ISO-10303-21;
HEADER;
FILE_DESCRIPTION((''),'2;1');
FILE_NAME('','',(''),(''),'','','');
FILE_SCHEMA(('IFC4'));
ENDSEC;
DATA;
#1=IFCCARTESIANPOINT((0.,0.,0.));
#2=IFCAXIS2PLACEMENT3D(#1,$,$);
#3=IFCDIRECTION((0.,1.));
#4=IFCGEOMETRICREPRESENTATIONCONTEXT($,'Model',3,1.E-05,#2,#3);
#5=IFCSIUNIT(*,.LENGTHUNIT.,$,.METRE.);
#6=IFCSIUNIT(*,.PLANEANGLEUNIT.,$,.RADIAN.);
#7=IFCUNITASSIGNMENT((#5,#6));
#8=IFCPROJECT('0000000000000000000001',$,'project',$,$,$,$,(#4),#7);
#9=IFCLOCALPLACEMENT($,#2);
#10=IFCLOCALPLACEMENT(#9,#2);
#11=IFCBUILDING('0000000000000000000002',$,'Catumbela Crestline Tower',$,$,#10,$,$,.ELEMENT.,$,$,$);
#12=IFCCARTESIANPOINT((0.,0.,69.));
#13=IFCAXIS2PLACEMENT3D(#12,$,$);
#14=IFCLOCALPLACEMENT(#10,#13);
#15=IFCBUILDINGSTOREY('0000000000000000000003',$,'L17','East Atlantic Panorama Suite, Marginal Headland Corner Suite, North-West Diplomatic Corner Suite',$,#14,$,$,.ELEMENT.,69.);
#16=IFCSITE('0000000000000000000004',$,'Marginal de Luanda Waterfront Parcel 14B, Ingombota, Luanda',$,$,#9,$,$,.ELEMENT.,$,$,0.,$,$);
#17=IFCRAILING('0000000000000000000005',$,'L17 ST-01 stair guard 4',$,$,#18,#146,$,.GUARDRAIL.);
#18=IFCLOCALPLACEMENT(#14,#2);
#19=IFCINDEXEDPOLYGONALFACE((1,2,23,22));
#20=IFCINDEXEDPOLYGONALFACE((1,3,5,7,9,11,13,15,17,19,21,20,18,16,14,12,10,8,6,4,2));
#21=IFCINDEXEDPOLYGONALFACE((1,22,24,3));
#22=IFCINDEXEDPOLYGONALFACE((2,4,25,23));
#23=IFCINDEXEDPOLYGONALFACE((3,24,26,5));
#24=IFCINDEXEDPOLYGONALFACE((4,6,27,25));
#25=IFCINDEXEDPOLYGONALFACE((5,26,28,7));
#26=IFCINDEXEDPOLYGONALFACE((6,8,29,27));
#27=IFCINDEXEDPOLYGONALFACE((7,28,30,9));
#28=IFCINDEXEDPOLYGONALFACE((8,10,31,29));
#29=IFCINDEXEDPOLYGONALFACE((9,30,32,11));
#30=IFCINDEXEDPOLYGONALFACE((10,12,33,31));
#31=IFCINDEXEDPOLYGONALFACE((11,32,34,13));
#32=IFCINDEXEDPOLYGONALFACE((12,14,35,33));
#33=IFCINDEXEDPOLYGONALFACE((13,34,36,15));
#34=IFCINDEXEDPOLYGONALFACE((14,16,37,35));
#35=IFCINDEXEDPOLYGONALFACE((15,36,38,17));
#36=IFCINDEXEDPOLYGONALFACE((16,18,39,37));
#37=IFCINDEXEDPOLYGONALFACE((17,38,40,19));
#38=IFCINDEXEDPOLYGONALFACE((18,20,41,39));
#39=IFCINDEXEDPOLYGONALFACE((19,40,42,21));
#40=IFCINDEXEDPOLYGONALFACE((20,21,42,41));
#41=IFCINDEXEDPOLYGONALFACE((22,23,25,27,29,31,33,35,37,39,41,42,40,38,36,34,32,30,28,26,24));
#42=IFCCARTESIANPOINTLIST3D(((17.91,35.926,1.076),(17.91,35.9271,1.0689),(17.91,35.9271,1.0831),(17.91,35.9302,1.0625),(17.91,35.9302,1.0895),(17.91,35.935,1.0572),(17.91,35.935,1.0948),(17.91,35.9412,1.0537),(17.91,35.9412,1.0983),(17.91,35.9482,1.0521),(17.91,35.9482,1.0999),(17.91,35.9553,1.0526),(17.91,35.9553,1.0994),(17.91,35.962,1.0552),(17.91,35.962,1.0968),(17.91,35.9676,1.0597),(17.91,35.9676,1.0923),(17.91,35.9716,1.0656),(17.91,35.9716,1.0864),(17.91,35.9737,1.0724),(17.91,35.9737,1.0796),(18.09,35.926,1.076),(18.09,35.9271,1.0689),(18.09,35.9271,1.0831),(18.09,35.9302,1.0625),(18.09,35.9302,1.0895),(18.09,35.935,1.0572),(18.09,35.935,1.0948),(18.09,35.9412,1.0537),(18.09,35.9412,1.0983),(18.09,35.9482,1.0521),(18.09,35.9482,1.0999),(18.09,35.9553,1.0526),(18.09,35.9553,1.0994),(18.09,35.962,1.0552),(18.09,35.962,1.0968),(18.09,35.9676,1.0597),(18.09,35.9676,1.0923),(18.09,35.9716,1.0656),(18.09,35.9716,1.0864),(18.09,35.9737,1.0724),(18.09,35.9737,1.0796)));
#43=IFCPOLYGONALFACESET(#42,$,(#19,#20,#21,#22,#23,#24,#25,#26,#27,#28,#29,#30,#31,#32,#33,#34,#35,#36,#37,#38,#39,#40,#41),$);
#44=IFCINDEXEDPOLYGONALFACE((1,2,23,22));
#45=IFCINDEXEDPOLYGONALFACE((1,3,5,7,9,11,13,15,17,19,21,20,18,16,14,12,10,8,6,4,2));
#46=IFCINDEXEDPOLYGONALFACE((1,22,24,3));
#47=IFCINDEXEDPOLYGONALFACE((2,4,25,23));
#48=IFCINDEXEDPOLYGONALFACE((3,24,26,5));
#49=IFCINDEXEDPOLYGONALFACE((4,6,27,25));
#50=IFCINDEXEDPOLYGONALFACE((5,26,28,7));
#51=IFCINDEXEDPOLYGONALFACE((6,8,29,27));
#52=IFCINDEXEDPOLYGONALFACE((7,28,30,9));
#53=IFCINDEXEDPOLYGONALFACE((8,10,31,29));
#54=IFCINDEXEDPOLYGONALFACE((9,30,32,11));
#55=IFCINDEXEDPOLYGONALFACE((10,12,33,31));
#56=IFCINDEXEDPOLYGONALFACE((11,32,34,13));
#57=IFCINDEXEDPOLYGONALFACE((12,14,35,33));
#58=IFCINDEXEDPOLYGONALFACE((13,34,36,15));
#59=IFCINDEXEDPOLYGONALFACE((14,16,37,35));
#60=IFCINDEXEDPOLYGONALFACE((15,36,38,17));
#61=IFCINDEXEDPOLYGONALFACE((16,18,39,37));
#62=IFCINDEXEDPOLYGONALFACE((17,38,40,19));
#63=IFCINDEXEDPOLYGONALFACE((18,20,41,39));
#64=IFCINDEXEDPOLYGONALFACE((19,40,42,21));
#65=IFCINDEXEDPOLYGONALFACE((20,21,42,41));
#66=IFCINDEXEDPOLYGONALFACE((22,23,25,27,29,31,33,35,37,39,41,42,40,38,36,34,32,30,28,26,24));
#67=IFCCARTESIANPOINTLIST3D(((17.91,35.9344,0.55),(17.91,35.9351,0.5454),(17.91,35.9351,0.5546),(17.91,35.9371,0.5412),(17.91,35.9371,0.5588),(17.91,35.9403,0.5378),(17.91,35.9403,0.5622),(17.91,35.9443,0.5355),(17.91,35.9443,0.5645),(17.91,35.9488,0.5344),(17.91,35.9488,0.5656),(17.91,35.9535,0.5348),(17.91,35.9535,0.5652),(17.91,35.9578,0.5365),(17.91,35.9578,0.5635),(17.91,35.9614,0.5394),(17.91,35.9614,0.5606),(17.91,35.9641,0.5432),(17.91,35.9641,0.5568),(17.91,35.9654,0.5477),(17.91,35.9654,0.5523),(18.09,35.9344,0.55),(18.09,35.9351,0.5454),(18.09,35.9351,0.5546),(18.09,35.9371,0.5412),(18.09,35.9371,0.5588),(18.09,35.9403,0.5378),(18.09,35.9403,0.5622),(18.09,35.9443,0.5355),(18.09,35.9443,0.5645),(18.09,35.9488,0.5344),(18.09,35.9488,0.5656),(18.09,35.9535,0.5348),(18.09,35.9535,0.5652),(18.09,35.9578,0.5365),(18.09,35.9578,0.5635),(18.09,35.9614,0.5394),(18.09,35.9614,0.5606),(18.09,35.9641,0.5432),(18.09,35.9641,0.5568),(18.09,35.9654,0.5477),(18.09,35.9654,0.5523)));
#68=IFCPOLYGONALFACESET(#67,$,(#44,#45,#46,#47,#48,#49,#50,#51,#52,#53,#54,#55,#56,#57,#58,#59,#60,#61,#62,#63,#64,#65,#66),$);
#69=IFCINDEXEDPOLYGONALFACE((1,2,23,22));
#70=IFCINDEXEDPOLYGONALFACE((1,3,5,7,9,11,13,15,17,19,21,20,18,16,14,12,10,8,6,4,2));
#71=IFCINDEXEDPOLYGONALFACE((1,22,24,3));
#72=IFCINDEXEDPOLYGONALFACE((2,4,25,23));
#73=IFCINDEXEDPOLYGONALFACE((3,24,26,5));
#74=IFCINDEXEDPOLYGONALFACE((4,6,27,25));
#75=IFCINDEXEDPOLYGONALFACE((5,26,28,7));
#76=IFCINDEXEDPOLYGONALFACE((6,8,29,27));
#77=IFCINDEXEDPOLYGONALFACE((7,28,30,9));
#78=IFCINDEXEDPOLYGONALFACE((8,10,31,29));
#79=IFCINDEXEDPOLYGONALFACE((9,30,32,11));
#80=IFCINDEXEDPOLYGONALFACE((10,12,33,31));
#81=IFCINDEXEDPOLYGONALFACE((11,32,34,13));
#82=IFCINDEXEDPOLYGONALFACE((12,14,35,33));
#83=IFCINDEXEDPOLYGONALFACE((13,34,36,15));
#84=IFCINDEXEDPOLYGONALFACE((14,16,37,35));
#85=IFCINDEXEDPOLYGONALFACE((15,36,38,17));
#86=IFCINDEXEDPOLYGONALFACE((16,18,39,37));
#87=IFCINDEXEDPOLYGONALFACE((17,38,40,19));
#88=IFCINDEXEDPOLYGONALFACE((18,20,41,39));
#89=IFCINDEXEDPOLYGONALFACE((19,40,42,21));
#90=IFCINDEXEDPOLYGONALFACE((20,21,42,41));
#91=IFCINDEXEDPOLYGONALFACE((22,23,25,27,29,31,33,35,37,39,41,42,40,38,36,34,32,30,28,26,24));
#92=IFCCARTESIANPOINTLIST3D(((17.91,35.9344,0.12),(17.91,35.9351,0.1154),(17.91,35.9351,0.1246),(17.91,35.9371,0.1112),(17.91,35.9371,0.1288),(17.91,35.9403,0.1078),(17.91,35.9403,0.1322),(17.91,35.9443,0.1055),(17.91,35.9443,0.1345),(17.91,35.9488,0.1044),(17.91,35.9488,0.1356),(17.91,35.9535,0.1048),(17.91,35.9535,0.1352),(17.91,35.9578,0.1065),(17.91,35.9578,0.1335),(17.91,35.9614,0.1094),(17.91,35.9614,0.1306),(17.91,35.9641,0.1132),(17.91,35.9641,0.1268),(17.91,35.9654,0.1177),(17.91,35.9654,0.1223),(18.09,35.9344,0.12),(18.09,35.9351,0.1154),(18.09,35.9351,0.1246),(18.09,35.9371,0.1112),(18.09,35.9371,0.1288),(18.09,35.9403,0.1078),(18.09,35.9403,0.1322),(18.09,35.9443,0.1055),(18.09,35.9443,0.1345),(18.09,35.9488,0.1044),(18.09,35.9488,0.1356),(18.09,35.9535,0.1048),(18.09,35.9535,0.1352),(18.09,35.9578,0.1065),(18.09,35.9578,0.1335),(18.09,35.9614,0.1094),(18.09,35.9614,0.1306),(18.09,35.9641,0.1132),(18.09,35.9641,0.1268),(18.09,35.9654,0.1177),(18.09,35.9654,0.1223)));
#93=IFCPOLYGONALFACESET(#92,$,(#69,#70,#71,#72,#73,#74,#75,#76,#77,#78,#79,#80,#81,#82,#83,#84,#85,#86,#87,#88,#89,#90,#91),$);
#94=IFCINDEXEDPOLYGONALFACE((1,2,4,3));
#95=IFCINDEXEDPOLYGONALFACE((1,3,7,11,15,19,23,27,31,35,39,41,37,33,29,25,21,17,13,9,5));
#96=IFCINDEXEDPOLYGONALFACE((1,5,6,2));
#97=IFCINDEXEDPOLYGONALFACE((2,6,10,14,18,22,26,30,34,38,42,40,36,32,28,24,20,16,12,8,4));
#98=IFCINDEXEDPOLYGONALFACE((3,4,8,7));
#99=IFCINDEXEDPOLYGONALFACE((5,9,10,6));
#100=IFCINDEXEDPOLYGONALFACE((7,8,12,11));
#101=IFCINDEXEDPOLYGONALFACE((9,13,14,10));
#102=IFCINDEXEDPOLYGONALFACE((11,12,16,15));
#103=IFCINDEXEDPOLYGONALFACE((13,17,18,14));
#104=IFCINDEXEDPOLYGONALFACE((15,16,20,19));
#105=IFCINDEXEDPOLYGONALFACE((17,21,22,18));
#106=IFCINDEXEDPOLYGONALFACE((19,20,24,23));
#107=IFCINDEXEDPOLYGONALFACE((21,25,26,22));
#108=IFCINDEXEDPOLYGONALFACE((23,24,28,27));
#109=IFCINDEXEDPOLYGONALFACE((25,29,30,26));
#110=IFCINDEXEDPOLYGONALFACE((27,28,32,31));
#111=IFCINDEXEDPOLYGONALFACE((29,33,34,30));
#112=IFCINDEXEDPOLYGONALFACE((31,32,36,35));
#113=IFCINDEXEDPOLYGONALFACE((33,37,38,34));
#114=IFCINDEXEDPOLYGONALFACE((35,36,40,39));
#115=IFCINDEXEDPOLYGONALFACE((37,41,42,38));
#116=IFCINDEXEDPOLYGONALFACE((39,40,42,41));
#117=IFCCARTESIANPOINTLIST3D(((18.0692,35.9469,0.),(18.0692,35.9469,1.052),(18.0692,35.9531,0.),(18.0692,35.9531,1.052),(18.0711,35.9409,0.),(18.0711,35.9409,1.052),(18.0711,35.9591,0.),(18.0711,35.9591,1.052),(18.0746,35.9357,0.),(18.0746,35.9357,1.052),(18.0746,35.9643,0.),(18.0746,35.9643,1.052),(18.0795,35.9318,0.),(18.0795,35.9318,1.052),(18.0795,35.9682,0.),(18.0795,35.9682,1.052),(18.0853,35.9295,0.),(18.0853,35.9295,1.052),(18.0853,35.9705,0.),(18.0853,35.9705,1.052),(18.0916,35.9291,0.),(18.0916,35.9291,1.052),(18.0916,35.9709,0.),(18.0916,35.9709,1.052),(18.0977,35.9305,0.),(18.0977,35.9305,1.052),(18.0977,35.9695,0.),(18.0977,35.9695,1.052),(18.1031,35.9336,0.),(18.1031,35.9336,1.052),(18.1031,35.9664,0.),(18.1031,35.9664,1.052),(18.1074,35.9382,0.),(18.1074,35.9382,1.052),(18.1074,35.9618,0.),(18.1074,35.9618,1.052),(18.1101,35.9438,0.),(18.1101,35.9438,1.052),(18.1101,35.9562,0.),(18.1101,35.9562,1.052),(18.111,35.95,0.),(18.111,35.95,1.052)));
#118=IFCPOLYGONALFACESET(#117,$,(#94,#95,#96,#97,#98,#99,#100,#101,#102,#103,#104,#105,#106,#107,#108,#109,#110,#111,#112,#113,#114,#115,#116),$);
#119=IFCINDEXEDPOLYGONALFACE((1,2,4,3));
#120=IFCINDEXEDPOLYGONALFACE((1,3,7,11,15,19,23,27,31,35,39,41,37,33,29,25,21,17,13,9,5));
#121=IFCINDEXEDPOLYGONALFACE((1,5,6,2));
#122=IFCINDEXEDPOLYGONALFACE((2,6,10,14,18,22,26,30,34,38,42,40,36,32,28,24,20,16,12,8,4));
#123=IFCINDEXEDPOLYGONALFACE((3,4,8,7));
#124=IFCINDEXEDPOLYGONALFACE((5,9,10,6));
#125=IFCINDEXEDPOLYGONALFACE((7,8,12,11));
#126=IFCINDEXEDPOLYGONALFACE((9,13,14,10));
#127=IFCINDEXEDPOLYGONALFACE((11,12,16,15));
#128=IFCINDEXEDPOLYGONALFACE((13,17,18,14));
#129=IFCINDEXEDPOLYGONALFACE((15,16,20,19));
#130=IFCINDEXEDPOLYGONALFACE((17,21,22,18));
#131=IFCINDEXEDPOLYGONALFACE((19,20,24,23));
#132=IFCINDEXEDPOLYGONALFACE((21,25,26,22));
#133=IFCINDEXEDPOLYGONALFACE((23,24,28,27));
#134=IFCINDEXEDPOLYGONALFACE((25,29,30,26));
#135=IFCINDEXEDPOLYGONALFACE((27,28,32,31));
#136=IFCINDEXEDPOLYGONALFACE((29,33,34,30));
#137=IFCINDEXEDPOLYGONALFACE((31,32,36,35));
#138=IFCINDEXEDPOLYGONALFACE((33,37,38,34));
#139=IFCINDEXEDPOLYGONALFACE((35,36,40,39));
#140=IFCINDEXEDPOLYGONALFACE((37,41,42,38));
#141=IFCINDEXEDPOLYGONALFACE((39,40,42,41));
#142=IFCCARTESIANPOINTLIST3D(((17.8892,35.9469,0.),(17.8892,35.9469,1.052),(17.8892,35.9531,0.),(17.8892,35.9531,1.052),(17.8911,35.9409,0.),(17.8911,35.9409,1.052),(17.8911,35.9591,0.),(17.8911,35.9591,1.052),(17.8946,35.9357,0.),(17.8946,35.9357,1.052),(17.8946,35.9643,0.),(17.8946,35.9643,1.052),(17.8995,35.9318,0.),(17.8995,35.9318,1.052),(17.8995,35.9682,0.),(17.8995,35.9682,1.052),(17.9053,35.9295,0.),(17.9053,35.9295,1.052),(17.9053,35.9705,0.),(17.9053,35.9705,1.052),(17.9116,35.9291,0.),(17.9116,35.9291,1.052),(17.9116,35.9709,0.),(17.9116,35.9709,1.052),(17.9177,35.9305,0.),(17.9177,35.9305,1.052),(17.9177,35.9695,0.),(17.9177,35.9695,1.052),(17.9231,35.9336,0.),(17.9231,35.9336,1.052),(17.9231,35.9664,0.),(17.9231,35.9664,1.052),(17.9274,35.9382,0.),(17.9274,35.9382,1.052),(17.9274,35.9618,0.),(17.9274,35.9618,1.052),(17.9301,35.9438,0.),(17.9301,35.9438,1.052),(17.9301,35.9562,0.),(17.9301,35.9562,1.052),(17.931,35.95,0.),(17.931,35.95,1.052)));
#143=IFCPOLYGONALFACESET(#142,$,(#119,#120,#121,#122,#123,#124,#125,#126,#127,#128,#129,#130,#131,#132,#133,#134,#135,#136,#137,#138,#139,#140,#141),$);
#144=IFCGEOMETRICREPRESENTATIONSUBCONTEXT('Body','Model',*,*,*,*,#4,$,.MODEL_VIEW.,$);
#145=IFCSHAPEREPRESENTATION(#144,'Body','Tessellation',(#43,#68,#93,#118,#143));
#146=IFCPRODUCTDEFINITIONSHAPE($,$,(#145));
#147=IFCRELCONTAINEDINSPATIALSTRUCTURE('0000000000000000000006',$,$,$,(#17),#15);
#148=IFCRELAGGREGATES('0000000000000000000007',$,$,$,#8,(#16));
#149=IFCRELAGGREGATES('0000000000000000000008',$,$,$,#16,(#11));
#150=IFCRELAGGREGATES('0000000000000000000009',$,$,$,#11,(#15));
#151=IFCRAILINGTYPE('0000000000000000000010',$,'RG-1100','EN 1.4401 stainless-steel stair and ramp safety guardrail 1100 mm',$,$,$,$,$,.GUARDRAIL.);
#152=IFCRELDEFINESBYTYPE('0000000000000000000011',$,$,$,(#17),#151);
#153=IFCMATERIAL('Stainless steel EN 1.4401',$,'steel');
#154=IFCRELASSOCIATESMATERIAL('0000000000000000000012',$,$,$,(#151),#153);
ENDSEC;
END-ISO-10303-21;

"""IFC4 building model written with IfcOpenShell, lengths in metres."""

from ifc_helpers import new_model, si_unit, direction, frame, origin, origin_2d, place, context, subcontext, project, spatial, circle, extrude, material, type_object, element, save


model = new_model("IFC4")

# Units and contexts
model_context = context("Model", 3, precision=1e-05, world=origin(), true_north=direction((0.0, 1.0)))
body_context = subcontext(model_context, "Body", "Model", "MODEL_VIEW")
ifc_project = project(units=[si_unit("LENGTHUNIT", "METRE"), si_unit("PLANEANGLEUNIT", "RADIAN")], contexts=[model_context])

# Site, building, storey
site_placement = place(None, origin())
site = spatial("IfcSite", under=ifc_project, at=site_placement, Name="Marginal de Luanda Waterfront Parcel 14B, Ingombota, Luanda", CompositionType="ELEMENT", RefElevation=0.0)
building_placement = place(site_placement, origin())
building = spatial("IfcBuilding", under=site, at=building_placement, Name="Catumbela Crestline Tower", CompositionType="ELEMENT")
storey_placement = place(building_placement, frame((0.0, 0.0, 69.0)))
storey = spatial("IfcBuildingStorey", under=building, at=storey_placement, Name="L17", Description="East Atlantic Panorama Suite, Marginal Headland Corner Suite, North-West Diplomatic Corner Suite", CompositionType="ELEMENT", Elevation=69.0)

# Shared definitions
ifc_material_1 = material(Name="Stainless steel EN 1.4401", Category="steel")

# Railing
railing_type_1 = type_object("IfcRailingType", Name="RG-1100", Description="EN 1.4401 stainless-steel stair and ramp safety guardrail 1100 mm", PredefinedType="GUARDRAIL", material=ifc_material_1)
railing_1_placement = place(storey_placement, frame((18.09, 35.95, 0.0)))
element("IfcRailing", 1, at=railing_1_placement, inside=storey, type_object=railing_type_1, Name="L17 ST-01 stair guard 4", PredefinedType="GUARDRAIL", context=body_context, shape_type="SweptSolid", body=[
    extrude(circle(Radius=0.024, at=origin_2d()), frame((0.0, 0.0, 1.076), z_axis=(-1.0, 0.0, 0.0), x_axis=(0.0, -1.0, 0.0)), (0.0, 0.0, 1.0), 0.18),
    extrude(circle(Radius=0.0156, at=origin_2d()), frame((0.0, 0.0, 0.55), z_axis=(-1.0, 0.0, 0.0), x_axis=(0.0, -1.0, 0.0)), (0.0, 0.0, 1.0), 0.18),
    extrude(circle(Radius=0.0156, at=origin_2d()), frame((0.0, 0.0, 0.12), z_axis=(-1.0, 0.0, 0.0), x_axis=(0.0, -1.0, 0.0)), (0.0, 0.0, 1.0), 0.18),
    extrude(circle(Radius=0.021, at=origin_2d()), origin(), (0.0, 0.0, 1.0), 1.052),
    extrude(circle(Radius=0.021, at=origin_2d()), frame((-0.18, 0.0, 0.0)), (0.0, 0.0, 1.0), 1.052),
])

save(model, "model.ifc")
